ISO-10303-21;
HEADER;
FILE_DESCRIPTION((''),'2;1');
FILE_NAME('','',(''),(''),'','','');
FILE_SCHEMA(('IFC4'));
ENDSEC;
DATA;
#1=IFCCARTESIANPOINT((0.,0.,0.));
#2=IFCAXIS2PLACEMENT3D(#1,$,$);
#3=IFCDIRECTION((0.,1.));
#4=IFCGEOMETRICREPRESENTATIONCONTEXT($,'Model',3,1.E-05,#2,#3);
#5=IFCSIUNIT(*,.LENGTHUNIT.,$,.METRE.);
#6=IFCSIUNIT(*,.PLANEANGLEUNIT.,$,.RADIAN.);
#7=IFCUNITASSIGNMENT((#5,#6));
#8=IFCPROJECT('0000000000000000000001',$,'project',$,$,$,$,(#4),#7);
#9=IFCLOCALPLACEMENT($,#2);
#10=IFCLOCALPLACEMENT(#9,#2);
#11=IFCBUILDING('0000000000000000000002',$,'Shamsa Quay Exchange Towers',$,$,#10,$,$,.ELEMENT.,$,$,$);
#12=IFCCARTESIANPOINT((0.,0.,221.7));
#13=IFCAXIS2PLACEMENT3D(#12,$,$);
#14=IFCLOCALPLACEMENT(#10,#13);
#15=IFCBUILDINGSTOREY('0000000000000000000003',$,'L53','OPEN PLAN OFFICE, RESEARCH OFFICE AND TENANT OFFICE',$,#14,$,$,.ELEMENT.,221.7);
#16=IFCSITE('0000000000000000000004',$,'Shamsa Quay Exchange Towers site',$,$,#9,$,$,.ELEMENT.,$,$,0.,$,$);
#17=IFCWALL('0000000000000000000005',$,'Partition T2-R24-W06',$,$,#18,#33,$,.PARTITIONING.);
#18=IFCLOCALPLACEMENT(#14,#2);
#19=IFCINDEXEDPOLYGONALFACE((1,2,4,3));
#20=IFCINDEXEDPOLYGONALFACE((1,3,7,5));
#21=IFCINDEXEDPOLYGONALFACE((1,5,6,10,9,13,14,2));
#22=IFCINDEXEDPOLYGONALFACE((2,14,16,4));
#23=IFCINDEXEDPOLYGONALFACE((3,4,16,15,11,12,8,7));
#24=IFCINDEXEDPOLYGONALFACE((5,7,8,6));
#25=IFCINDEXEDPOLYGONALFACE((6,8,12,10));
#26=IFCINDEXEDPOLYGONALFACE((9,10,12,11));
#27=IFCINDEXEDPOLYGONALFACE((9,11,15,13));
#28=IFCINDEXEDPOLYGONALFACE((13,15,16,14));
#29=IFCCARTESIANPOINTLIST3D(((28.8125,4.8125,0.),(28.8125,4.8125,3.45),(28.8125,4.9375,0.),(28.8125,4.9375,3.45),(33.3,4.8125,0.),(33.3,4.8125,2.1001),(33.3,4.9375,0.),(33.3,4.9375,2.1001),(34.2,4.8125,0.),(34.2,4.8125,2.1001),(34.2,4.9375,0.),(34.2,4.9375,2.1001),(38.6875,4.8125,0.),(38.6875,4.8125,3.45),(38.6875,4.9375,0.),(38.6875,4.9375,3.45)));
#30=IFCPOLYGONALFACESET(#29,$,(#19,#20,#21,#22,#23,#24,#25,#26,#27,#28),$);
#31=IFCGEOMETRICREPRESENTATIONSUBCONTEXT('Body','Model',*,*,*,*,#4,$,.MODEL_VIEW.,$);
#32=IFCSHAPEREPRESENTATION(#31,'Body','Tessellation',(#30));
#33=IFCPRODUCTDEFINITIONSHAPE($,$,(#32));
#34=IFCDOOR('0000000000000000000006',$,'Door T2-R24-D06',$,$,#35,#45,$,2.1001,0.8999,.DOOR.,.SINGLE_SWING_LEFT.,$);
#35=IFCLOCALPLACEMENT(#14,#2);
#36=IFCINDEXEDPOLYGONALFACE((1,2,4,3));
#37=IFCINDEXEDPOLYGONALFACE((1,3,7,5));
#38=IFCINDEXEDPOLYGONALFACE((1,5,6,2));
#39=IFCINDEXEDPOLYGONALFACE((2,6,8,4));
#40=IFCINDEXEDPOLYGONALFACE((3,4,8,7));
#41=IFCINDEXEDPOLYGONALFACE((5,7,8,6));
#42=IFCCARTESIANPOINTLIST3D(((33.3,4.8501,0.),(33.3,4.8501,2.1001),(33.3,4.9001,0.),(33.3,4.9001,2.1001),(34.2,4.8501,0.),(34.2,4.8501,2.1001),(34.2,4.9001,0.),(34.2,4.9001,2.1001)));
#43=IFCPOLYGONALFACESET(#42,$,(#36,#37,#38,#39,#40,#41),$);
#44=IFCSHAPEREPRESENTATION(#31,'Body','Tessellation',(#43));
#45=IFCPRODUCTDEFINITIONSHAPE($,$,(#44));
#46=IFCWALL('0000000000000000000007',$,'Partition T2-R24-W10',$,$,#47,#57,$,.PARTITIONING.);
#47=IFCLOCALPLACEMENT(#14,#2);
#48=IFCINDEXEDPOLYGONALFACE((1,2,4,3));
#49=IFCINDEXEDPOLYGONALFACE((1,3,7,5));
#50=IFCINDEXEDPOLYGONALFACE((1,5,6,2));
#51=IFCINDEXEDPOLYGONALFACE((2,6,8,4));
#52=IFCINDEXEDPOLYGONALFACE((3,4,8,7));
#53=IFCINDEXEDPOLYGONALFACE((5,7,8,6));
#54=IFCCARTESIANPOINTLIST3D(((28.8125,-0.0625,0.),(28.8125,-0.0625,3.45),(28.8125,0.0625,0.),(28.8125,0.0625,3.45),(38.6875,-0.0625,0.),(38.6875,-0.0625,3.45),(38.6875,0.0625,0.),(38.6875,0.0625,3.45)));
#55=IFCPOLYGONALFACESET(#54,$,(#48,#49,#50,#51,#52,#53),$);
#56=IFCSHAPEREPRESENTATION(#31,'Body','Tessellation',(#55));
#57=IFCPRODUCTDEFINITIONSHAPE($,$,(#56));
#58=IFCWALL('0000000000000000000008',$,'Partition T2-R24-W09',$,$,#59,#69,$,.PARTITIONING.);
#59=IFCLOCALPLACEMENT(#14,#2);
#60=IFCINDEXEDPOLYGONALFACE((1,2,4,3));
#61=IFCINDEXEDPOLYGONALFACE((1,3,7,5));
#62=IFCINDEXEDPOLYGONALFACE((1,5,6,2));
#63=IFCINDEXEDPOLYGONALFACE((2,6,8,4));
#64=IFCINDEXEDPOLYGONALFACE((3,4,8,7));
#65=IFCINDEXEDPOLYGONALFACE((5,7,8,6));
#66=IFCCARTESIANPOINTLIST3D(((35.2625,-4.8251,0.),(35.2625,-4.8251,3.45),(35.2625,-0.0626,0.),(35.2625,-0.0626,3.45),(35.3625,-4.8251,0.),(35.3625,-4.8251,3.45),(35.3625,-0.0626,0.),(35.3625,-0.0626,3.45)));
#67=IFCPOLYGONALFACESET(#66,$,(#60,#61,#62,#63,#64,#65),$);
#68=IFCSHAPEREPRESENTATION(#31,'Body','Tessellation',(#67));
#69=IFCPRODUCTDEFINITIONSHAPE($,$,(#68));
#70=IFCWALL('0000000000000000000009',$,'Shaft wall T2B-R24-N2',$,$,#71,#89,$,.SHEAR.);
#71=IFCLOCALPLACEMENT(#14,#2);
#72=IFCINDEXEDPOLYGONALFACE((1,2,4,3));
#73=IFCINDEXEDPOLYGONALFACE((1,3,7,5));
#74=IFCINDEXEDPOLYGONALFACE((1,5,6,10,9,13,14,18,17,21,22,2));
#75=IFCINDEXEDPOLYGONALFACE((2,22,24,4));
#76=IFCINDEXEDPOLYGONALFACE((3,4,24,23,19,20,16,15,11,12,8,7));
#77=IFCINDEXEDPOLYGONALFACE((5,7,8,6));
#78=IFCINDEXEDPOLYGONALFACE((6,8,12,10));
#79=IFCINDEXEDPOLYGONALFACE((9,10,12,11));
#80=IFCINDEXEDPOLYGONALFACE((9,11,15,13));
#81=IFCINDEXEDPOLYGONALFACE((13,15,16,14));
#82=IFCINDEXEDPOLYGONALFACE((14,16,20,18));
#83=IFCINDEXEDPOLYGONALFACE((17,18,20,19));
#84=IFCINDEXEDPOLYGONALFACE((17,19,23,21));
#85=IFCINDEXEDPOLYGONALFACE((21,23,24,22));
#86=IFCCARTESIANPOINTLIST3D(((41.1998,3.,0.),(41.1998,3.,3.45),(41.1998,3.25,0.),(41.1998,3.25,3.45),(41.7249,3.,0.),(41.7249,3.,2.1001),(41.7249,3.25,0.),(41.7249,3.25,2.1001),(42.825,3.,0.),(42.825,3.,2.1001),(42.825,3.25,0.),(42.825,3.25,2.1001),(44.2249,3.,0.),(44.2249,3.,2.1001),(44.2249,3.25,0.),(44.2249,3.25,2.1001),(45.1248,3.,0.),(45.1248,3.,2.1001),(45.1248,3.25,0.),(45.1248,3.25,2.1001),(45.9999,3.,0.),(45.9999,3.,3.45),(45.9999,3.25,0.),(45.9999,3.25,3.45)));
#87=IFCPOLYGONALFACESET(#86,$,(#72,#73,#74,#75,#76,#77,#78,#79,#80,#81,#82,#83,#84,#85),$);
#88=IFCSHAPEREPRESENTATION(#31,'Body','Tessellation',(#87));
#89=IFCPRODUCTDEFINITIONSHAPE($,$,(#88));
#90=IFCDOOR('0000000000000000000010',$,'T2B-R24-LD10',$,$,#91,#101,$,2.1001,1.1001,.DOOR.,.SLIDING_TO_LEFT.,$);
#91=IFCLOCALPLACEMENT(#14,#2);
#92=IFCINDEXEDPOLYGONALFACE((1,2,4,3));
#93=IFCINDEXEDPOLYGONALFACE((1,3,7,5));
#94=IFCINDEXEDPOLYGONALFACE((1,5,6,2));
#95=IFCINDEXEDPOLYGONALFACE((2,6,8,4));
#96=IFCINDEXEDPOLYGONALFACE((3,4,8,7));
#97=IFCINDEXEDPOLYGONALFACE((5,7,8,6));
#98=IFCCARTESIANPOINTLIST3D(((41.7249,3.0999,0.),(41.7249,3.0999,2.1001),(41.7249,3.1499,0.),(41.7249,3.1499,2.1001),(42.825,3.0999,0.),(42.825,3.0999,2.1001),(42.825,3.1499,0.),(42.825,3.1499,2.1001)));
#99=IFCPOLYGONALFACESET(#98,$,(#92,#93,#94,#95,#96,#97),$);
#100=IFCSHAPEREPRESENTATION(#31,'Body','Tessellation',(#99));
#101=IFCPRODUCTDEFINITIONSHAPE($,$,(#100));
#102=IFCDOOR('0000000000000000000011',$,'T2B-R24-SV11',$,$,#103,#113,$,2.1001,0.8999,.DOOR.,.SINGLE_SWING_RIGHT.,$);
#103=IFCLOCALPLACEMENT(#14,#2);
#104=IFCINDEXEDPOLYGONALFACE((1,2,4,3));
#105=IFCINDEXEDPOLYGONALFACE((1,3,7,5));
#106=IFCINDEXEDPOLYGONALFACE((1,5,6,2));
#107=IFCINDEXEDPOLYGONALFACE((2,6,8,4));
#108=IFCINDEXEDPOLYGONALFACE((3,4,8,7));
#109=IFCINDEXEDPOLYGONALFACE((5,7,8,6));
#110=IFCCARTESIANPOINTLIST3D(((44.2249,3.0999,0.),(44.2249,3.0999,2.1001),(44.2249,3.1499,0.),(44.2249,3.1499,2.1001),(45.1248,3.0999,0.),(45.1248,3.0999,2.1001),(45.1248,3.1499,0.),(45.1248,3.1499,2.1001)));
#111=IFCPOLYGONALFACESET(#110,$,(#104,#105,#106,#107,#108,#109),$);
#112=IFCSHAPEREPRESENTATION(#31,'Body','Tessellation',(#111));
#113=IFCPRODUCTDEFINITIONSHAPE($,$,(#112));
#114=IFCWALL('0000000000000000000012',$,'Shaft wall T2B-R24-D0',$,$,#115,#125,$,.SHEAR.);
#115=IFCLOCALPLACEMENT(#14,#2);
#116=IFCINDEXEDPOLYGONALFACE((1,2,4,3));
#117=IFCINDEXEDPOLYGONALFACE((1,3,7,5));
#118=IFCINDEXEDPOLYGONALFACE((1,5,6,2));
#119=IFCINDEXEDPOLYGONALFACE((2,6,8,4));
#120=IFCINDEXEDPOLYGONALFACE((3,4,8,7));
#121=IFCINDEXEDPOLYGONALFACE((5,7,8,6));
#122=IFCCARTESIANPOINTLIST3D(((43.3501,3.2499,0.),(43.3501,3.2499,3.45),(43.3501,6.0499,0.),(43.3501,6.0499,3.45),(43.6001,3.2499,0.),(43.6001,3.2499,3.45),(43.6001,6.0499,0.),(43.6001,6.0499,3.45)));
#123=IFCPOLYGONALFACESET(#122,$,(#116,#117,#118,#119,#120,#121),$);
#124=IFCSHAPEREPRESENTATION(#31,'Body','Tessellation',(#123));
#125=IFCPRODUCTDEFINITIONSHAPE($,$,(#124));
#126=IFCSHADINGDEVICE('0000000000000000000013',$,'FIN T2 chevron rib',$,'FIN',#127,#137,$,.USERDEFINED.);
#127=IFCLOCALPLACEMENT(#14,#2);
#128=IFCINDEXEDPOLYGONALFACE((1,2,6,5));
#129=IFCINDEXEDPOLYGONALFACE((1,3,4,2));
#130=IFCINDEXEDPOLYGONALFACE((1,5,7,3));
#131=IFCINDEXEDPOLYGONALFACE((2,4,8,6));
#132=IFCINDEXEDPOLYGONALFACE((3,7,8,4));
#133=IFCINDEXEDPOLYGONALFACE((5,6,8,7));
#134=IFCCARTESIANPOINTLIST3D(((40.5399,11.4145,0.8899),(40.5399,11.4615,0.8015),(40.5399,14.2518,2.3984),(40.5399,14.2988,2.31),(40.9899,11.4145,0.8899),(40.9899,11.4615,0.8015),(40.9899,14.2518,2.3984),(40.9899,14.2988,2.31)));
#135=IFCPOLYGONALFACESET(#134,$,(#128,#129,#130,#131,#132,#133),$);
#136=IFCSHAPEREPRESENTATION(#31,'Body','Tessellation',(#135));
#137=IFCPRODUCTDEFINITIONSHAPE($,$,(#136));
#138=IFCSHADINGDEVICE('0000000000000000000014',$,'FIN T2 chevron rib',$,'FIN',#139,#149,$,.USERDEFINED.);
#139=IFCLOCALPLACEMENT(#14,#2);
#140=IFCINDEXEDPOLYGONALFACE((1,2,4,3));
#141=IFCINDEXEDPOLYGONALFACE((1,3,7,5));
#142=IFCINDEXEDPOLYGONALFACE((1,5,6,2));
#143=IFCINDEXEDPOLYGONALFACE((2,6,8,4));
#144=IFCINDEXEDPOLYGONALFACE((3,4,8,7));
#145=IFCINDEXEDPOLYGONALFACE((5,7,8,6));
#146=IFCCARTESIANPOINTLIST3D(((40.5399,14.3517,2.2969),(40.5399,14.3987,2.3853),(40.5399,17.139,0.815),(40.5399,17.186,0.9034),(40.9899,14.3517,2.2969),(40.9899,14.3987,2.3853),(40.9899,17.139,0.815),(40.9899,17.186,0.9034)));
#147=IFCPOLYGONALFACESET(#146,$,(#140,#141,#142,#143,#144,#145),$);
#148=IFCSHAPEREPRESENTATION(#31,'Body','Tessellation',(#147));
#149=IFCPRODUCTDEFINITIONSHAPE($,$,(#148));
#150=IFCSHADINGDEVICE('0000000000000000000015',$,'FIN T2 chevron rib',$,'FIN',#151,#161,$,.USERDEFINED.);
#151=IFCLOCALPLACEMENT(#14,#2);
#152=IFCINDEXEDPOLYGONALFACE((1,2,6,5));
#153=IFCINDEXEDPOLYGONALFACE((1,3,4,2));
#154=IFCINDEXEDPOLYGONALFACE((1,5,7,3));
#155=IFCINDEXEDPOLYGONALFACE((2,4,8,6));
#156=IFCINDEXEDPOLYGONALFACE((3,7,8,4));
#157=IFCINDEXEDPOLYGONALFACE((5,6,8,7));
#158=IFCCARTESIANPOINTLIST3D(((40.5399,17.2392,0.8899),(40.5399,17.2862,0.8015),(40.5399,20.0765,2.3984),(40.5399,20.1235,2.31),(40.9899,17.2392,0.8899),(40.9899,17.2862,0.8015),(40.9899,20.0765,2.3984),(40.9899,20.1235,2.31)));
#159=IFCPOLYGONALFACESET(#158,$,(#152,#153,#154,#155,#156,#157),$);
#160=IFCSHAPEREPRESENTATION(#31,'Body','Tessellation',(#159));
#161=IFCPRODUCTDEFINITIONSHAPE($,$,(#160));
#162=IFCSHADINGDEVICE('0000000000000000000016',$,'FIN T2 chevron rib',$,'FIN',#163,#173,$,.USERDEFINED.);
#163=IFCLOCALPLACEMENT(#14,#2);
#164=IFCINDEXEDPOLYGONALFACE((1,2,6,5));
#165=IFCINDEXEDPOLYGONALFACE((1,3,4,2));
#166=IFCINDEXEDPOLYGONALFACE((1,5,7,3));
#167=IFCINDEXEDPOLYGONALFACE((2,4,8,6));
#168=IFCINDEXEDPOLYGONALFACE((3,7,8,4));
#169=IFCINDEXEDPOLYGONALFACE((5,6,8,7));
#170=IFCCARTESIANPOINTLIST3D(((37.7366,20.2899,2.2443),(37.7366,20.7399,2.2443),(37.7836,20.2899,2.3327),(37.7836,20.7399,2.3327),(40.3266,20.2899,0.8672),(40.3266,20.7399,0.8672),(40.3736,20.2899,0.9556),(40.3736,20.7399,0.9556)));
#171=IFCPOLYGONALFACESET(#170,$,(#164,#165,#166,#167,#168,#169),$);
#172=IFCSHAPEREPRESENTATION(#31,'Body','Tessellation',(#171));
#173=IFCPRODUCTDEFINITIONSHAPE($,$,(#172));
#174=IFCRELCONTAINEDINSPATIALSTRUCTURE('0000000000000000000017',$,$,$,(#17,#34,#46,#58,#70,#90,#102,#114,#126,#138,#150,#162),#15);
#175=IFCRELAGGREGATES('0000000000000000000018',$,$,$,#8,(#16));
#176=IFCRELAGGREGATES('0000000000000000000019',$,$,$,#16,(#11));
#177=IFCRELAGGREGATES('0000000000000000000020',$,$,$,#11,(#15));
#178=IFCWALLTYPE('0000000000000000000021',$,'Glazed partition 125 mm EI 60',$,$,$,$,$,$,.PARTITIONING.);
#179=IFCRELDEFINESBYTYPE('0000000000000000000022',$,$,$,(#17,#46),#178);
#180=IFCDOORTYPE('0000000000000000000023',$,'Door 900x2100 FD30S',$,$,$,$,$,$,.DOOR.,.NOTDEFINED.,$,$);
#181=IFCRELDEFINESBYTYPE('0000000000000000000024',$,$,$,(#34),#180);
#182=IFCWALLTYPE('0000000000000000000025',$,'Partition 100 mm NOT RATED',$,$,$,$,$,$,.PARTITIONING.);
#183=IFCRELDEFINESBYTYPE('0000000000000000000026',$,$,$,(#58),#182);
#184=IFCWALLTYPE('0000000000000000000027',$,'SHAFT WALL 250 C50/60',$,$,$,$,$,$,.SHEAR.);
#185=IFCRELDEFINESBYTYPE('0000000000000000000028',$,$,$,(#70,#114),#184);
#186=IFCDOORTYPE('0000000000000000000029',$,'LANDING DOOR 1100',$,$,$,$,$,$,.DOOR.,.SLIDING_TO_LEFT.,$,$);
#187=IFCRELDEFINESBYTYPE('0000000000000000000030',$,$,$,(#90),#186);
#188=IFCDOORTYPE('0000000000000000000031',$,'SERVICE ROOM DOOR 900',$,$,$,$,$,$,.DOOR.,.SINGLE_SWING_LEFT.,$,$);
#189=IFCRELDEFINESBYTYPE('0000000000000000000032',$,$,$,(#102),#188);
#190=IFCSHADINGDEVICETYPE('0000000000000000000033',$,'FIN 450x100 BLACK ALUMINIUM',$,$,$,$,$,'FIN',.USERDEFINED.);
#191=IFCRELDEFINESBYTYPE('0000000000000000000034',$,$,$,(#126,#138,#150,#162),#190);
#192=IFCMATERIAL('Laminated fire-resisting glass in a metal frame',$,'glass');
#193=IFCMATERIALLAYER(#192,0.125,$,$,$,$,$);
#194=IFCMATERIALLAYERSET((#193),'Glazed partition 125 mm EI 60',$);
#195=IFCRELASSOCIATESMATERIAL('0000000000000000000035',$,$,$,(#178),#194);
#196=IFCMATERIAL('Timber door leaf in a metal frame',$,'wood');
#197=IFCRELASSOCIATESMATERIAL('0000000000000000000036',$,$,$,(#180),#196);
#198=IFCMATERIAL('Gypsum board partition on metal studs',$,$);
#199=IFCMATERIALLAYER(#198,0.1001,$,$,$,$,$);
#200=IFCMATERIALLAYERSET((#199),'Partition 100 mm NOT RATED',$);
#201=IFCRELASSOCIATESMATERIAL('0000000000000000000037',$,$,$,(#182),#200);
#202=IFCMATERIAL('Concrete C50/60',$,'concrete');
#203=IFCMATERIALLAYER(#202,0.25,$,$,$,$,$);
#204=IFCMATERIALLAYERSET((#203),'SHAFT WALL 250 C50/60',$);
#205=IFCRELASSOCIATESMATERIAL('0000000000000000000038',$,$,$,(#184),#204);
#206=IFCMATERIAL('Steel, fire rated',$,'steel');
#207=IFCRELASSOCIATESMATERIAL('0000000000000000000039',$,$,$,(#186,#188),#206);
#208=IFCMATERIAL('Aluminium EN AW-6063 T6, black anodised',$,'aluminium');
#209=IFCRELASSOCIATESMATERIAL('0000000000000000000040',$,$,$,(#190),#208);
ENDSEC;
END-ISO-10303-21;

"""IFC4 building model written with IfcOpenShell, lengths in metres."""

from ifc_helpers import new_model, si_unit, direction, frame, frame_2d, origin, origin_2d, place, context, subcontext, project, spatial, rectangle, extrude, material, layer, layer_set, material_profile, profile_set, type_object, element, fill, save


model = new_model("IFC4")

# Units and contexts
model_context = context("Model", 3, precision=1e-05, world=origin(), true_north=direction((0.0, 1.0)))
body_context = subcontext(model_context, "Body", "Model", "MODEL_VIEW")
ifc_project = project(units=[si_unit("LENGTHUNIT", "METRE"), si_unit("PLANEANGLEUNIT", "RADIAN")], contexts=[model_context])

# Site, building, storey
site_placement = place(None, origin())
site = spatial("IfcSite", under=ifc_project, at=site_placement, Name="Shamsa Quay Exchange Towers site", CompositionType="ELEMENT", RefElevation=0.0)
building_placement = place(site_placement, origin())
building = spatial("IfcBuilding", under=site, at=building_placement, Name="Shamsa Quay Exchange Towers", CompositionType="ELEMENT")
storey_placement = place(building_placement, frame((0.0, 0.0, 221.7)))
storey = spatial("IfcBuildingStorey", under=building, at=storey_placement, Name="L53", Description="OPEN PLAN OFFICE, RESEARCH OFFICE AND TENANT OFFICE", CompositionType="ELEMENT", Elevation=221.7)

# Shared definitions
ifc_material_1 = material(Name="Aluminium EN AW-6063 T6, black anodised", Category="aluminium")

# Shared definitions
ifc_material_2 = material(Name="Laminated fire-resisting glass in a metal frame", Category="glass")
ifc_layer_1 = layer(ifc_material_2, 0.125)
ifc_layer_set_1 = layer_set([ifc_layer_1], Name="Glazed partition 125 mm EI 60")
wall_type_1 = type_object("IfcWallType", Name="Glazed partition 125 mm EI 60", PredefinedType="PARTITIONING", material=ifc_layer_set_1)

# Wall, opening, door
wall_1_placement = place(storey_placement, frame((38.6875, 4.875, 0.0), z_axis=(0.0, 0.0, 1.0), x_axis=(-1.0, 0.0, 0.0)))
wall_1 = element("IfcWall", 1, at=wall_1_placement, inside=storey, type_object=wall_type_1, Name="Partition T2-R24-W06", PredefinedType="PARTITIONING", context=body_context, shape_type="SweptSolid", body=[
    extrude(rectangle(XDim=9.875, YDim=0.125, at=frame_2d((4.9375, 0.0))), origin(), (0.0, 0.0, 1.0), 3.45),
])
opening_1_placement = place(wall_1_placement, frame((4.4875, 0.0, 0.0)))
opening_1 = element("IfcOpeningElement", 2, at=opening_1_placement, cuts=wall_1, PredefinedType="OPENING", context=body_context, shape_type="SweptSolid", body=[
    extrude(rectangle(XDim=0.8999, YDim=2.1001, at=frame_2d((0.45, 1.05))), frame((0.0, 0.0725, 0.0), z_axis=(0.0, -1.0, 0.0), x_axis=(1.0, 0.0, 0.0)), (0.0, 0.0, 1.0), 0.145),
])
ifc_material_3 = material(Name="Timber door leaf in a metal frame", Category="wood")
door_type_1 = type_object("IfcDoorType", Name="Door 900x2100 FD30S", OperationType="NOTDEFINED", PredefinedType="DOOR", material=ifc_material_3)
door_1_placement = place(opening_1_placement, origin())
door_1 = element("IfcDoor", 3, at=door_1_placement, inside=storey, type_object=door_type_1, Name="Door T2-R24-D06", OperationType="SINGLE_SWING_LEFT", OverallHeight=2.1001, OverallWidth=0.8999, PredefinedType="DOOR", context=body_context, shape_type="SweptSolid", body=[
    extrude(rectangle(XDim=0.8999, YDim=2.1001, at=frame_2d((0.45, 1.05))), frame((0.0, 0.0249, 0.0), z_axis=(0.0, -1.0, 0.0), x_axis=(1.0, 0.0, 0.0)), (0.0, 0.0, 1.0), 0.05),
])
fill(opening_1, door_1)

# Walls
wall_2_placement = place(storey_placement, frame((38.6875, 0.0, 0.0), z_axis=(0.0, 0.0, 1.0), x_axis=(-1.0, 0.0, 0.0)))
element("IfcWall", 4, at=wall_2_placement, inside=storey, type_object=wall_type_1, Name="Partition T2-R24-W10", PredefinedType="PARTITIONING", context=body_context, shape_type="SweptSolid", body=[
    extrude(rectangle(XDim=9.875, YDim=0.125, at=frame_2d((4.9375, 0.0))), origin(), (0.0, 0.0, 1.0), 3.45),
])
ifc_material_4 = material(Name="Gypsum board partition on metal studs")
ifc_layer_2 = layer(ifc_material_4, 0.1001)
ifc_layer_set_2 = layer_set([ifc_layer_2], Name="Partition 100 mm NOT RATED")
wall_type_2 = type_object("IfcWallType", Name="Partition 100 mm NOT RATED", PredefinedType="PARTITIONING", material=ifc_layer_set_2)
wall_3_placement = place(storey_placement, frame((35.3125, -0.0625, 0.0), z_axis=(0.0, 0.0, 1.0), x_axis=(0.0, -1.0, 0.0)))
element("IfcWall", 5, at=wall_3_placement, inside=storey, type_object=wall_type_2, Name="Partition T2-R24-W09", PredefinedType="PARTITIONING", context=body_context, shape_type="SweptSolid", body=[
    extrude(rectangle(XDim=4.7625, YDim=0.1001, at=frame_2d((2.3813, 0.0))), origin(), (0.0, 0.0, 1.0), 3.45),
])

# Wall, openings, doors
ifc_material_5 = material(Name="Concrete C50/60", Category="concrete")
ifc_layer_3 = layer(ifc_material_5, 0.25)
ifc_layer_set_3 = layer_set([ifc_layer_3], Name="SHAFT WALL 250 C50/60")
wall_type_3 = type_object("IfcWallType", Name="SHAFT WALL 250 C50/60", PredefinedType="SHEAR", material=ifc_layer_set_3)
wall_4_placement = place(storey_placement, frame((41.2, 3.125, 0.0)))
wall_4 = element("IfcWall", 6, at=wall_4_placement, inside=storey, type_object=wall_type_3, Name="Shaft wall T2B-R24-N2", PredefinedType="SHEAR", context=body_context, shape_type="SweptSolid", body=[
    extrude(rectangle(XDim=4.8, YDim=0.25, at=frame_2d((2.3999, 0.0))), origin(), (0.0, 0.0, 1.0), 3.45),
])
opening_2_placement = place(wall_4_placement, frame((0.5249, 0.0, 0.0)))
opening_2 = element("IfcOpeningElement", 7, at=opening_2_placement, cuts=wall_4, PredefinedType="OPENING", context=body_context, shape_type="SweptSolid", body=[
    extrude(rectangle(XDim=1.1001, YDim=2.1001, at=frame_2d((0.55, 1.05))), frame((0.0, 0.135, 0.0), z_axis=(0.0, -1.0, 0.0), x_axis=(1.0, 0.0, 0.0)), (0.0, 0.0, 1.0), 0.27),
])
opening_3_placement = place(wall_4_placement, frame((3.0249, 0.0, 0.0)))
opening_3 = element("IfcOpeningElement", 8, at=opening_3_placement, cuts=wall_4, PredefinedType="OPENING", context=body_context, shape_type="SweptSolid", body=[
    extrude(rectangle(XDim=0.8999, YDim=2.1001, at=frame_2d((0.45, 1.05))), frame((0.0, 0.135, 0.0), z_axis=(0.0, -1.0, 0.0), x_axis=(1.0, 0.0, 0.0)), (0.0, 0.0, 1.0), 0.27),
])
ifc_material_6 = material(Name="Steel, fire rated", Category="steel")
door_type_2 = type_object("IfcDoorType", Name="LANDING DOOR 1100", OperationType="SLIDING_TO_LEFT", PredefinedType="DOOR", material=ifc_material_6)
door_2_placement = place(opening_2_placement, origin())
door_2 = element("IfcDoor", 9, at=door_2_placement, inside=storey, type_object=door_type_2, Name="T2B-R24-LD10", OperationType="SLIDING_TO_LEFT", OverallHeight=2.1001, OverallWidth=1.1001, PredefinedType="DOOR", context=body_context, shape_type="SweptSolid", body=[
    extrude(rectangle(XDim=1.1001, YDim=2.1001, at=frame_2d((0.55, 1.05))), frame((0.0, 0.0249, 0.0), z_axis=(0.0, -1.0, 0.0), x_axis=(1.0, 0.0, 0.0)), (0.0, 0.0, 1.0), 0.05),
])
fill(opening_2, door_2)
door_type_3 = type_object("IfcDoorType", Name="SERVICE ROOM DOOR 900", OperationType="SINGLE_SWING_LEFT", PredefinedType="DOOR", material=ifc_material_6)
door_3_placement = place(opening_3_placement, origin())
door_3 = element("IfcDoor", 10, at=door_3_placement, inside=storey, type_object=door_type_3, Name="T2B-R24-SV11", OperationType="SINGLE_SWING_RIGHT", OverallHeight=2.1001, OverallWidth=0.8999, PredefinedType="DOOR", context=body_context, shape_type="SweptSolid", body=[
    extrude(rectangle(XDim=0.8999, YDim=2.1001, at=frame_2d((0.45, 1.05))), frame((0.0, 0.0249, 0.0), z_axis=(0.0, -1.0, 0.0), x_axis=(1.0, 0.0, 0.0)), (0.0, 0.0, 1.0), 0.05),
])
fill(opening_3, door_3)

# Wall
wall_5_placement = place(storey_placement, frame((43.4751, 3.25, 0.0), z_axis=(0.0, 0.0, 1.0), x_axis=(0.0, 1.0, 0.0)))
element("IfcWall", 11, at=wall_5_placement, inside=storey, type_object=wall_type_3, Name="Shaft wall T2B-R24-D0", PredefinedType="SHEAR", context=body_context, shape_type="SweptSolid", body=[
    extrude(rectangle(XDim=2.8, YDim=0.25, at=frame_2d((1.3999, 0.0))), origin(), (0.0, 0.0, 1.0), 3.45),
])

# Shading devices
ifc_material_profile_1 = material_profile(ifc_material_1, rectangle(XDim=0.45, YDim=0.1001, at=origin_2d()), Name="FIN450x100")
ifc_profile_set_1 = profile_set([ifc_material_profile_1], Name="Aluminium EN AW-6063 T6, black anodised")
shading_device_type = type_object("IfcShadingDeviceType", Name="FIN 450x100 BLACK ALUMINIUM", ElementType="FIN", PredefinedType="USERDEFINED", material=ifc_profile_set_1)
shading_device_1_placement = place(storey_placement, frame((40.7649, 11.438, 0.8457), z_axis=(0.0, 0.882964, 0.46944), x_axis=(-1.0, 0.0, 0.0)))
element("IfcShadingDevice", 12, at=shading_device_1_placement, inside=storey, type_object=shading_device_type, Name="FIN T2 chevron rib", ObjectType="FIN", PredefinedType="USERDEFINED", context=body_context, shape_type="SweptSolid", body=[
    extrude(rectangle(XDim=0.45, YDim=0.1001, at=origin_2d()), origin(), (0.0, 0.0, 1.0), 3.2134),
])
shading_device_2_placement = place(storey_placement, frame((40.7649, 14.3752, 2.3411), z_axis=(0.0, 0.882964, -0.46944), x_axis=(-1.0, 0.0, 0.0)))
element("IfcShadingDevice", 13, at=shading_device_2_placement, inside=storey, type_object=shading_device_type, Name="FIN T2 chevron rib", ObjectType="FIN", PredefinedType="USERDEFINED", context=body_context, shape_type="SweptSolid", body=[
    extrude(rectangle(XDim=0.45, YDim=0.1001, at=origin_2d()), origin(), (0.0, 0.0, 1.0), 3.1567),
])
shading_device_3_placement = place(storey_placement, frame((40.7649, 17.2627, 0.8457), z_axis=(0.0, 0.882964, 0.46944), x_axis=(-1.0, 0.0, 0.0)))
element("IfcShadingDevice", 14, at=shading_device_3_placement, inside=storey, type_object=shading_device_type, Name="FIN T2 chevron rib", ObjectType="FIN", PredefinedType="USERDEFINED", context=body_context, shape_type="SweptSolid", body=[
    extrude(rectangle(XDim=0.45, YDim=0.1001, at=origin_2d()), origin(), (0.0, 0.0, 1.0), 3.2134),
])
shading_device_4_placement = place(storey_placement, frame((40.3501, 20.5149, 0.9114), z_axis=(-0.882944, 0.0, 0.469478), x_axis=(0.0, -1.0, 0.0)))
element("IfcShadingDevice", 15, at=shading_device_4_placement, inside=storey, type_object=shading_device_type, Name="FIN T2 chevron rib", ObjectType="FIN", PredefinedType="USERDEFINED", context=body_context, shape_type="SweptSolid", body=[
    extrude(rectangle(XDim=0.45, YDim=0.1001, at=origin_2d()), origin(), (0.0, 0.0, 1.0), 2.9333),
])

save(model, "model.ifc")
